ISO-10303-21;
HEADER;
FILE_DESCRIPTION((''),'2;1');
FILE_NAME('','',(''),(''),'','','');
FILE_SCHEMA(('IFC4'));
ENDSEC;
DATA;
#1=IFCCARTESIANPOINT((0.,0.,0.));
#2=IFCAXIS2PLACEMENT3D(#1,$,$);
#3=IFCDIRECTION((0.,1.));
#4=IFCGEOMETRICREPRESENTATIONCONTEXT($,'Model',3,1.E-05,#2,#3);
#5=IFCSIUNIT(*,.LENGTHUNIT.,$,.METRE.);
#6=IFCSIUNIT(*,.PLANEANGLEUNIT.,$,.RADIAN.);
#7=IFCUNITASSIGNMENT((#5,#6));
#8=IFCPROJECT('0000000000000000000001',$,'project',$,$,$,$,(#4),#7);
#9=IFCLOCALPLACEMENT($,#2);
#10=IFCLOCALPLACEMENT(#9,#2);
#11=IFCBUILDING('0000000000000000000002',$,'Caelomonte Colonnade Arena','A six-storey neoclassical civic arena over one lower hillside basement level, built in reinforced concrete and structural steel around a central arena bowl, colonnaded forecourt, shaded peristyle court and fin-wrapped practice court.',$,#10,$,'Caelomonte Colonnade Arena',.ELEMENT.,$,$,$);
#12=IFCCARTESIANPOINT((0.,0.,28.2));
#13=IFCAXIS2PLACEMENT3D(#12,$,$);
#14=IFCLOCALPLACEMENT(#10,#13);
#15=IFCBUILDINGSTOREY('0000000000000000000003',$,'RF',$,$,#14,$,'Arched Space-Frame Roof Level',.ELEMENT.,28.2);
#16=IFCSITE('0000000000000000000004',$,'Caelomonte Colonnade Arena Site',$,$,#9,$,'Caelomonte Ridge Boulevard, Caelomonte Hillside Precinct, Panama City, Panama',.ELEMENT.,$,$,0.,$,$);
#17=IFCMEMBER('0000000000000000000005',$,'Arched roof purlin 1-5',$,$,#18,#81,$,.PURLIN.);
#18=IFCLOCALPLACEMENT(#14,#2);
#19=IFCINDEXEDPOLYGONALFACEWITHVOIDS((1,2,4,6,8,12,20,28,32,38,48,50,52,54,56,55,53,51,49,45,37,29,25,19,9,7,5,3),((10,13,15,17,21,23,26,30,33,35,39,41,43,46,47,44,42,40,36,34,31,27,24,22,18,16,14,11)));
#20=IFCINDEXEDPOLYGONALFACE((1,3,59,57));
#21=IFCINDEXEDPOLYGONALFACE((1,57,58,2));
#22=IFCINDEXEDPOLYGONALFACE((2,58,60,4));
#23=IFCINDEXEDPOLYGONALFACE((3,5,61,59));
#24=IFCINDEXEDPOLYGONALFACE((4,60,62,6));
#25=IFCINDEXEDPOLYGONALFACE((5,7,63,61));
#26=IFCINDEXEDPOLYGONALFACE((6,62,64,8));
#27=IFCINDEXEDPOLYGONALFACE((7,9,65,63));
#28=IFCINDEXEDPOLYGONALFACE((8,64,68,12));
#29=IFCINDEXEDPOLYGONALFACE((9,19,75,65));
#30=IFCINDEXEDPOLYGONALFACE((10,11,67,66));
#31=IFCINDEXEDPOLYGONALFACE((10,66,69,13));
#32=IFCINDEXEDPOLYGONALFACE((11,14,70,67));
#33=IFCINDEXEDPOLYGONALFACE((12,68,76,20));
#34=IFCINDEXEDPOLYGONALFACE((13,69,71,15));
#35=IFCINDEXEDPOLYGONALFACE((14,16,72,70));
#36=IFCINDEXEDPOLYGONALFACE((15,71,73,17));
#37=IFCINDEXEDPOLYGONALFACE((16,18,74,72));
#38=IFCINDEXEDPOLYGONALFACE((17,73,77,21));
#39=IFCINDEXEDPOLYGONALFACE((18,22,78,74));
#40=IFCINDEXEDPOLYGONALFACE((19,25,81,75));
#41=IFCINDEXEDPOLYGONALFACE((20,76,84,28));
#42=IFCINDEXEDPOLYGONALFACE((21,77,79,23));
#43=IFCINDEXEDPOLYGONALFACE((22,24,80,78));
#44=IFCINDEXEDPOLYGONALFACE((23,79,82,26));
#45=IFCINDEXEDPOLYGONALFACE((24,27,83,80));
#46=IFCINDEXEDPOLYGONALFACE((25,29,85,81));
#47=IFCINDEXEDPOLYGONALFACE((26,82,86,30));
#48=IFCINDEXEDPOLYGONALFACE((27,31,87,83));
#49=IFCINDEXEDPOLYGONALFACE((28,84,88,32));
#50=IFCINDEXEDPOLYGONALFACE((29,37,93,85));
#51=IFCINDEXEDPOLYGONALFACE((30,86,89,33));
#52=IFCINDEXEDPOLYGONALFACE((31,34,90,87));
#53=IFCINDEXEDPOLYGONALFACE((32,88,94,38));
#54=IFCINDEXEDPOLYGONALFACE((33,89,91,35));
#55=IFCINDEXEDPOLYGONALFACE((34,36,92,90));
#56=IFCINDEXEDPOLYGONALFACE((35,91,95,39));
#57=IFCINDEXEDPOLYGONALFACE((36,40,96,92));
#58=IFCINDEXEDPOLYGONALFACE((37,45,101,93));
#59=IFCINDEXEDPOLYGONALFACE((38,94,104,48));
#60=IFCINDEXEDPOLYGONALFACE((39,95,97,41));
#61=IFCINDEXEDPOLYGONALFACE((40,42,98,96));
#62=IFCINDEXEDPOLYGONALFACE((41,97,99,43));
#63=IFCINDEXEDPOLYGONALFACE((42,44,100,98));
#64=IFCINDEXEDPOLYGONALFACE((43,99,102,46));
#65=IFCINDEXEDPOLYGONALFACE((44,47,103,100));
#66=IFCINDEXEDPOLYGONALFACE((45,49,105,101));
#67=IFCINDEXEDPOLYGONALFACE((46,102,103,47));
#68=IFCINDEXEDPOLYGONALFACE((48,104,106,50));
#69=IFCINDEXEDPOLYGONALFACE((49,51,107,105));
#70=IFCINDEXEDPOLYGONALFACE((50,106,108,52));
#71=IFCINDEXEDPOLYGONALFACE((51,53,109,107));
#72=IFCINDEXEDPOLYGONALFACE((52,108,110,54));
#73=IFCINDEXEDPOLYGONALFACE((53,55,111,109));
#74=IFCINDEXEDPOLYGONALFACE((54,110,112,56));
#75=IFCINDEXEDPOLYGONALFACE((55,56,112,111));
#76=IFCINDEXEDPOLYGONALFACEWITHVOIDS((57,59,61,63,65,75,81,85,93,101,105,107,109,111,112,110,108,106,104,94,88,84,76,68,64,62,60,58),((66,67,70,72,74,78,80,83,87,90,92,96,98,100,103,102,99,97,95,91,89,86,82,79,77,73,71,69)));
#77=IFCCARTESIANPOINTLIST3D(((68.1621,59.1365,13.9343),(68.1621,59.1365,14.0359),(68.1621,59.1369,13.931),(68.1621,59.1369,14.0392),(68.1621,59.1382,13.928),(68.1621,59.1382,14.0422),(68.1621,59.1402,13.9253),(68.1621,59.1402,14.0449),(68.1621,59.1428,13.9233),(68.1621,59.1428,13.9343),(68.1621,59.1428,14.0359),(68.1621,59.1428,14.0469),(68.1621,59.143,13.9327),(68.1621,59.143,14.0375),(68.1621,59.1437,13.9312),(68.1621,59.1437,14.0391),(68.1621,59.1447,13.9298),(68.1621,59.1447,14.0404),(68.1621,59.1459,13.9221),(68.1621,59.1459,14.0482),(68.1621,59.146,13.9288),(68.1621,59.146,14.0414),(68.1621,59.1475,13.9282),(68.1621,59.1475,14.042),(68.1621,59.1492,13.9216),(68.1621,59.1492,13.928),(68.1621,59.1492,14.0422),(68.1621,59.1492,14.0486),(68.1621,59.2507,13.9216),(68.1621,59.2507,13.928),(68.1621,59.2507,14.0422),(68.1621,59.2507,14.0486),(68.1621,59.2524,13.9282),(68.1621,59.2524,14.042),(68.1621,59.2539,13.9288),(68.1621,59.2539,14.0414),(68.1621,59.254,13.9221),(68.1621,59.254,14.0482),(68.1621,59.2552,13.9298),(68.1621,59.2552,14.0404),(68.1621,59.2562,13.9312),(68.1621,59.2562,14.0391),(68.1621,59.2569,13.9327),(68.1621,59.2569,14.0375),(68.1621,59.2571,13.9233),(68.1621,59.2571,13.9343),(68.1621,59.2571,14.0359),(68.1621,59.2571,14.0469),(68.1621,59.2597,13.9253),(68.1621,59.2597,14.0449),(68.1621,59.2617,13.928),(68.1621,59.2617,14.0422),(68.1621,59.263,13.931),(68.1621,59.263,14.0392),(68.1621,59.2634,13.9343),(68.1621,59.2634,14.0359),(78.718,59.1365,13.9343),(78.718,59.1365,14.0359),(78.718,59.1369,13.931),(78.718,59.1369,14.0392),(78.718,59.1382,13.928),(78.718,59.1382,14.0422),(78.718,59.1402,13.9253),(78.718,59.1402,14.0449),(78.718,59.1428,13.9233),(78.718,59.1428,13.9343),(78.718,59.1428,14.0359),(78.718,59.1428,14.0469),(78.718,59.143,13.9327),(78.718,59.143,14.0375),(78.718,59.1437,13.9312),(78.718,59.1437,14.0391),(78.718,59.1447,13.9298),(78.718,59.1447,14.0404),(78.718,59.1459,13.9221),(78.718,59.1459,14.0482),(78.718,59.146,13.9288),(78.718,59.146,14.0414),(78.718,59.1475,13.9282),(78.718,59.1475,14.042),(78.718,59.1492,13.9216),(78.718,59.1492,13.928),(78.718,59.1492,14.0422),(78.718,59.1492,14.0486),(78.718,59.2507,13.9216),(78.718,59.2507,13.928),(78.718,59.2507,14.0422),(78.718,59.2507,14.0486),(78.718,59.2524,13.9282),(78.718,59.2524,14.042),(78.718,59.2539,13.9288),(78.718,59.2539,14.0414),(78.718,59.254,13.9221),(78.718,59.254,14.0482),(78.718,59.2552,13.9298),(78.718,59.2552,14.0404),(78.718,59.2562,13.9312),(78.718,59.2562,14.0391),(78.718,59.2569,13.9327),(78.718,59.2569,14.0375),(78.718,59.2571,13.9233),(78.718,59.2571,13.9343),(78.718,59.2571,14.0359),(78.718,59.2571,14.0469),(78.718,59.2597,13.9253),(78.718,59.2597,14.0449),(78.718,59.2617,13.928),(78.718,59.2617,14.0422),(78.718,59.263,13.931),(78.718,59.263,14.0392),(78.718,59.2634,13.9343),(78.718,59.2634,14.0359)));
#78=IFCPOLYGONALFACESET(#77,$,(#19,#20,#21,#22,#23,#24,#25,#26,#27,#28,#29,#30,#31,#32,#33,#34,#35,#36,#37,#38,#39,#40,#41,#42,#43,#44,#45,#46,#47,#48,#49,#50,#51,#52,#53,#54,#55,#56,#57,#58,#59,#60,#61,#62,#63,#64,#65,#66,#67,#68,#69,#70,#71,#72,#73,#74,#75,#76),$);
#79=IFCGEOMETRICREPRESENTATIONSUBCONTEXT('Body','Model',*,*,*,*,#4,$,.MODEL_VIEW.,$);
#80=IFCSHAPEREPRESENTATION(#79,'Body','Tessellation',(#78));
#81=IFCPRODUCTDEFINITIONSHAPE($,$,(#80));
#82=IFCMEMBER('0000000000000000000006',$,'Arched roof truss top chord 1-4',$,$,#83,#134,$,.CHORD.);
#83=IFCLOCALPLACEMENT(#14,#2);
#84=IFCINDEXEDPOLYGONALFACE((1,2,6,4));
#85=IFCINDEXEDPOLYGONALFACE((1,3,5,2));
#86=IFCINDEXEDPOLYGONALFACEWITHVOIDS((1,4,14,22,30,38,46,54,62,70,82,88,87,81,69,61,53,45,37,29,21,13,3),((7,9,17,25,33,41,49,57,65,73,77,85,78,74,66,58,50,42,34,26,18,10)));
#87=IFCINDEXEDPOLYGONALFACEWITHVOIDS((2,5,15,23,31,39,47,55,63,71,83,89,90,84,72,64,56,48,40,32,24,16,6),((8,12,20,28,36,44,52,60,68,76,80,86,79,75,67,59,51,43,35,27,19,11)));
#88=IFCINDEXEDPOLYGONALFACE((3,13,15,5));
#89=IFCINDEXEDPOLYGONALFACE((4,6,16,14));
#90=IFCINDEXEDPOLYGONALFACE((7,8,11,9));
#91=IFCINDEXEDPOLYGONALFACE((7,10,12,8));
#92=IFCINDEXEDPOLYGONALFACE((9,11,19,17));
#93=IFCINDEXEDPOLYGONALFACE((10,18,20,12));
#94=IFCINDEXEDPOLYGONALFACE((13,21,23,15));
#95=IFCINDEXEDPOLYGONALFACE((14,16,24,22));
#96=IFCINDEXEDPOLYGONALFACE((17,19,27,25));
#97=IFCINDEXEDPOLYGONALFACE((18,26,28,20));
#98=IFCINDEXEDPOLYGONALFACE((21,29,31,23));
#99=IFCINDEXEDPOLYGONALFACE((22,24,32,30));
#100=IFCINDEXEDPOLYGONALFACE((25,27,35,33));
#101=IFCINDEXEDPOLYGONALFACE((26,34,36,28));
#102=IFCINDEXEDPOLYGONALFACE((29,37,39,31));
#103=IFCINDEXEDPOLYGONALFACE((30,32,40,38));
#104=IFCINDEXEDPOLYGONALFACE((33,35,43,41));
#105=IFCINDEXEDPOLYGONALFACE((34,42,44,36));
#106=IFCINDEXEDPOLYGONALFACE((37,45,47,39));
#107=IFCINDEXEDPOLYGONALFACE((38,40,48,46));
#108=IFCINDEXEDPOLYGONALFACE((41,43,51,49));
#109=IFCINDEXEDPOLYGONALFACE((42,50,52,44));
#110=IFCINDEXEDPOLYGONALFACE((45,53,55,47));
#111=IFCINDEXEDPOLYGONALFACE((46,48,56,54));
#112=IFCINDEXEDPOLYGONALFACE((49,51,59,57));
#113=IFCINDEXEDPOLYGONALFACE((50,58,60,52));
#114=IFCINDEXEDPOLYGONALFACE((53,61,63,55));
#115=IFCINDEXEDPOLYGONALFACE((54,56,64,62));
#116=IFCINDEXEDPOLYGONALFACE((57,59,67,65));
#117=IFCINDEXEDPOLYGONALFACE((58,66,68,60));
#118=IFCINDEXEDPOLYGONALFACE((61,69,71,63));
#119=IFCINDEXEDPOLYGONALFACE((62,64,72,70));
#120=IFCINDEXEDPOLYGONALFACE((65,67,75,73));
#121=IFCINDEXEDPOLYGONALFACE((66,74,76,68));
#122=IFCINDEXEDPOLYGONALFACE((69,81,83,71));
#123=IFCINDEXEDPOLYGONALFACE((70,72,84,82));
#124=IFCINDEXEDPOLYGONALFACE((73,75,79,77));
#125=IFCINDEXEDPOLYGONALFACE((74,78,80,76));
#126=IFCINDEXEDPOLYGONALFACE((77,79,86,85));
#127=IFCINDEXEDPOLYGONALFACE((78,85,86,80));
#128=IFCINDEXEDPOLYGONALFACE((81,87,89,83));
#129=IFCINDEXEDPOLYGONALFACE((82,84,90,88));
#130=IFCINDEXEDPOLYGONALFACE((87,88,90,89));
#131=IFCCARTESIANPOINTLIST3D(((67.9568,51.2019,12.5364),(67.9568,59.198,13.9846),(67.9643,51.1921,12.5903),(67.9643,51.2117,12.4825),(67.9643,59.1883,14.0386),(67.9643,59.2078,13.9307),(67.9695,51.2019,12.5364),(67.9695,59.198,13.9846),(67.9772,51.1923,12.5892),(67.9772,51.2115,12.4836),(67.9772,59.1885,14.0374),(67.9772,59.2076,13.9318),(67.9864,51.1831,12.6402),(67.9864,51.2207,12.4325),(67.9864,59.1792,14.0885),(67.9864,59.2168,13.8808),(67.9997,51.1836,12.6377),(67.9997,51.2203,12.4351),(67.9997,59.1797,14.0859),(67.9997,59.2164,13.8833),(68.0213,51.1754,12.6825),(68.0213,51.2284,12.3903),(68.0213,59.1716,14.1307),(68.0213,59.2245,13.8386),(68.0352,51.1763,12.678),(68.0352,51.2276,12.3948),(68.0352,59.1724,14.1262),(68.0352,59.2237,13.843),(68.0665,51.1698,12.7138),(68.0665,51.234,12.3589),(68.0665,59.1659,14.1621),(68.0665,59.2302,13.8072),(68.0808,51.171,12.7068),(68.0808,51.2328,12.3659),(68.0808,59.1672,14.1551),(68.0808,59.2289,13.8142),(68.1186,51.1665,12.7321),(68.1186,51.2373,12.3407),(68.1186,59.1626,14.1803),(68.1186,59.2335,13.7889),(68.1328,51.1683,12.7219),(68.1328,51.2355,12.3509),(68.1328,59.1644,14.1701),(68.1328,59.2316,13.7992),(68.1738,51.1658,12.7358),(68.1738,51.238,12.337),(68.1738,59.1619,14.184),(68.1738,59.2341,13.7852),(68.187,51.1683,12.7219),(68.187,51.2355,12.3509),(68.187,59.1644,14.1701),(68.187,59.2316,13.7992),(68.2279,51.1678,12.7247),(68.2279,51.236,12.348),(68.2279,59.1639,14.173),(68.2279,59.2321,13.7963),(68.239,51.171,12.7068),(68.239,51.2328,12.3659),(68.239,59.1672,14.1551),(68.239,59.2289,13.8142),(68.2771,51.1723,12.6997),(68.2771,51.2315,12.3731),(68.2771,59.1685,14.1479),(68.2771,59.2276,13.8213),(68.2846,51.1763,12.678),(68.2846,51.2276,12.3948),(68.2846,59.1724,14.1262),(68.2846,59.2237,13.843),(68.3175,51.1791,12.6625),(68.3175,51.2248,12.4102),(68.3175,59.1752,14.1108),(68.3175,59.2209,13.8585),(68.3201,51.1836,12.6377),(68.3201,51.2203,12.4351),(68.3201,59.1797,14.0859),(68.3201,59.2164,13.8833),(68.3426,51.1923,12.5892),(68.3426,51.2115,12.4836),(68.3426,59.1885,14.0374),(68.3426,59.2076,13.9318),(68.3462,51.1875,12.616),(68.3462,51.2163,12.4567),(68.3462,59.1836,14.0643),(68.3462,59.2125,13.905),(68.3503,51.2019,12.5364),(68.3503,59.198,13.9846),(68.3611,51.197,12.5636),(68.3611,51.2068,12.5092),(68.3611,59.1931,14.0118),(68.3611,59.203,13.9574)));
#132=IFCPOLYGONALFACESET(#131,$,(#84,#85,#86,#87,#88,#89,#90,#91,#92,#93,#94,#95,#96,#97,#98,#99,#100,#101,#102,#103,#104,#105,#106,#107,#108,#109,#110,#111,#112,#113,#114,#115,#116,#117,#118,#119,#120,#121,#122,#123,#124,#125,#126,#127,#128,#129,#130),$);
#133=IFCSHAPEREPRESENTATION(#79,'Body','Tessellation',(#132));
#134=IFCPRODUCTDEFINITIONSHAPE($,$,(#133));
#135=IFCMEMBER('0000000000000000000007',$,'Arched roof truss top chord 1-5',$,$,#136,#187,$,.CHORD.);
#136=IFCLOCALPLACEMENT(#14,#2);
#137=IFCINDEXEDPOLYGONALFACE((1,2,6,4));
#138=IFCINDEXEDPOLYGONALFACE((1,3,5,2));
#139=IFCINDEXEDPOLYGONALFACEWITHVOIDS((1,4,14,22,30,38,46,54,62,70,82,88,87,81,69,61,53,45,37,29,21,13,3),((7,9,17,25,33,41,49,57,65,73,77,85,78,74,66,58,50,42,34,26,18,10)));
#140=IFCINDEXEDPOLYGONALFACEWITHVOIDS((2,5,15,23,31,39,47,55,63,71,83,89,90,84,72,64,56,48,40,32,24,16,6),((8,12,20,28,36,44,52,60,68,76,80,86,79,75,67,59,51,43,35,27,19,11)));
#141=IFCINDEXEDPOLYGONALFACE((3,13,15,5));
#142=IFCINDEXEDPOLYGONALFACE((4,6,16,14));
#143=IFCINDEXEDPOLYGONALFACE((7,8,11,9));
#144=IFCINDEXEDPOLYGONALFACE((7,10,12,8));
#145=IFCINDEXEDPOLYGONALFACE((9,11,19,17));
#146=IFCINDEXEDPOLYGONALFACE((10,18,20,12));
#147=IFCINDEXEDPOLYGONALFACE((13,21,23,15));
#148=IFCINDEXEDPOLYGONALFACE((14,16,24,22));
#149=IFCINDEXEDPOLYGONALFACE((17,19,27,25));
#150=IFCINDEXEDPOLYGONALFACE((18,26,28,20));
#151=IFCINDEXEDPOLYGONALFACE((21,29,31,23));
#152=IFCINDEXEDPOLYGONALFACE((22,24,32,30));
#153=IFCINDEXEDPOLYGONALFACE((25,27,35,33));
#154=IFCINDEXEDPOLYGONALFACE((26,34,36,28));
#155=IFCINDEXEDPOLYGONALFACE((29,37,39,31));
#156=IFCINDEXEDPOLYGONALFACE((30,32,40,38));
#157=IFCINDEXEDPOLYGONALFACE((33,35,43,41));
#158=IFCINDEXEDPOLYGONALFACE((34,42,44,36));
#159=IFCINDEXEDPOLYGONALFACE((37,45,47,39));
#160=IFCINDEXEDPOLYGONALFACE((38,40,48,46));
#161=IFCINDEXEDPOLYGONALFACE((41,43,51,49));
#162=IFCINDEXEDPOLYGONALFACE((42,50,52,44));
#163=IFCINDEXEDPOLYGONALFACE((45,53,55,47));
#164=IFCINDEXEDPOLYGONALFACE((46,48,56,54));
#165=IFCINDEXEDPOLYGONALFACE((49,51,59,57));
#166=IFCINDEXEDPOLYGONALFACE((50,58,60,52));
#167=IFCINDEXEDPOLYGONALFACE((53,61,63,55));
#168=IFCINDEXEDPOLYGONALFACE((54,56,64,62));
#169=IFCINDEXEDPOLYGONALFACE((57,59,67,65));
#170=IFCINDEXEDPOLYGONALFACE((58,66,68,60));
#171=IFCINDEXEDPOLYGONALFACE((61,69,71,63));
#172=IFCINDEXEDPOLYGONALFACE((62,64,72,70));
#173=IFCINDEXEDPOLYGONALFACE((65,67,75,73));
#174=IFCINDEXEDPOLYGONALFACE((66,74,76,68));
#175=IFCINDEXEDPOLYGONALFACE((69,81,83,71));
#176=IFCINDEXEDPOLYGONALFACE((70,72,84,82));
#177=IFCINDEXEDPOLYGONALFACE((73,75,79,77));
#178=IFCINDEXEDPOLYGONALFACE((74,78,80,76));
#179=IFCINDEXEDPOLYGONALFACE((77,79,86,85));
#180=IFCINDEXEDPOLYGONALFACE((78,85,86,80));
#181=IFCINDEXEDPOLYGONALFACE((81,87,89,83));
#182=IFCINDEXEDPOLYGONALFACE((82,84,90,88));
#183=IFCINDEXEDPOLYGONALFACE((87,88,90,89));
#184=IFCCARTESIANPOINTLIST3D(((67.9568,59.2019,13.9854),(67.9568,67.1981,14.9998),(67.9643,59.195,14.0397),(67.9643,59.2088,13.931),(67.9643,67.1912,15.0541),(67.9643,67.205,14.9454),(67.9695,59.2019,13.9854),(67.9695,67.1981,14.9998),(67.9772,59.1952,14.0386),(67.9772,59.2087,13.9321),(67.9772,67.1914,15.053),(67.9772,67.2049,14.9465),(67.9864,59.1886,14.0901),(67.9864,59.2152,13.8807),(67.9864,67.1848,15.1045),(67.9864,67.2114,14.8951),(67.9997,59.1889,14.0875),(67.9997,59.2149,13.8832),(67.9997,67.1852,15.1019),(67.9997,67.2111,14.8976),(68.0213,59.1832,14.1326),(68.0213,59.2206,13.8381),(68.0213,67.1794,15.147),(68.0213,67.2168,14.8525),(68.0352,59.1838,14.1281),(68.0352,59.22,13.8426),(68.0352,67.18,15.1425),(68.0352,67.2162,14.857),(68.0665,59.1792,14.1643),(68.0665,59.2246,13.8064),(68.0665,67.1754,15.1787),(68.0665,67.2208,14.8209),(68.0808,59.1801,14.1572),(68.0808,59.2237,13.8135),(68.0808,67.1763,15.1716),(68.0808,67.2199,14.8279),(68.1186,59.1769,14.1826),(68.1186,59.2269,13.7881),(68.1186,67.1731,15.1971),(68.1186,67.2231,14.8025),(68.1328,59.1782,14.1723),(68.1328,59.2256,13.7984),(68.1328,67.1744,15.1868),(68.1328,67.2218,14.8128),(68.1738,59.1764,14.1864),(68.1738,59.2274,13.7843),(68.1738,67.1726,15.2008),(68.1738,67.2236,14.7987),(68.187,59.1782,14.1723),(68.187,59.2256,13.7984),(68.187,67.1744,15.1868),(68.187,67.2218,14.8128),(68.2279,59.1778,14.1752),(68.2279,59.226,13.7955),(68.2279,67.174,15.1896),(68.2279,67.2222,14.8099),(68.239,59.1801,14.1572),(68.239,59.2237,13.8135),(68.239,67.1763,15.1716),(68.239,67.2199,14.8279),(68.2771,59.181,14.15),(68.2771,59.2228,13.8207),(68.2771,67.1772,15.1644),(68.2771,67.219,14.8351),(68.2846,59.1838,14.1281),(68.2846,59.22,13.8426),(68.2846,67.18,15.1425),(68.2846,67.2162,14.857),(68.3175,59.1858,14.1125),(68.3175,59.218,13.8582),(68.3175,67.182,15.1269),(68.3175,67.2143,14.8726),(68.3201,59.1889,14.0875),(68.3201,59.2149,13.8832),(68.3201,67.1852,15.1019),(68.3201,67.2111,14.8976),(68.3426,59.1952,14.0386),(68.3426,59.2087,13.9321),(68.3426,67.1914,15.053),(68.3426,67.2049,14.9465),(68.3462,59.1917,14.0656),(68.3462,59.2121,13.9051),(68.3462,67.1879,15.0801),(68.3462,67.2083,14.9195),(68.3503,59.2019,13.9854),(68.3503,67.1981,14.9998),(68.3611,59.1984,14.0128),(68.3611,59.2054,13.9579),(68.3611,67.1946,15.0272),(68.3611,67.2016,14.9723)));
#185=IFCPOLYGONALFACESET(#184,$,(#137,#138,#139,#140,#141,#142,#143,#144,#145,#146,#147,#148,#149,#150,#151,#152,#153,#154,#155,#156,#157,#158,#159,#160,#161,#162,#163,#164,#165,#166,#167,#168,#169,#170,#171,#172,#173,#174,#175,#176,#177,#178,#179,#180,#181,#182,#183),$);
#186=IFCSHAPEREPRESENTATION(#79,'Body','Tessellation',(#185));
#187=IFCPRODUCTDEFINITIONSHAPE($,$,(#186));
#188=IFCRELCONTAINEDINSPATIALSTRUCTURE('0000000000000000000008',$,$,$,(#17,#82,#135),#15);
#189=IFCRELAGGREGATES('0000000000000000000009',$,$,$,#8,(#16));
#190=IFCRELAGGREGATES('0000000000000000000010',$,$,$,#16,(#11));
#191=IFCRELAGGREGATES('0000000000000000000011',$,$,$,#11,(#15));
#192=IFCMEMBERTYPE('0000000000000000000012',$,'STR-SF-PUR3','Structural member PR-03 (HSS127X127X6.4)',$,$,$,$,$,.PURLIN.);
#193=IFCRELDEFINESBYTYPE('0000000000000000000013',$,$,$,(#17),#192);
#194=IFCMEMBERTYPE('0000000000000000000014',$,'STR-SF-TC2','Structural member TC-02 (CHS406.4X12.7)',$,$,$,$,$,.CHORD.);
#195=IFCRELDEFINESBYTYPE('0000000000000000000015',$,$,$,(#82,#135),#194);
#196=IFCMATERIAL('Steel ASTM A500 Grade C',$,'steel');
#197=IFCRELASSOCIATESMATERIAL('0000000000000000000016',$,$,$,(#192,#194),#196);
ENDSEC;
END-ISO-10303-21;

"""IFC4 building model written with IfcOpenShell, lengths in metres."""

from ifc_helpers import new_model, si_unit, direction, frame, origin, origin_2d, place, context, subcontext, project, spatial, hollow_rectangle, hollow_circle, extrude, material, material_profile, profile_set, type_object, element, save


model = new_model("IFC4")

# Units and contexts
model_context = context("Model", 3, precision=1e-05, world=origin(), true_north=direction((0.0, 1.0)))
body_context = subcontext(model_context, "Body", "Model", "MODEL_VIEW")
ifc_project = project(units=[si_unit("LENGTHUNIT", "METRE"), si_unit("PLANEANGLEUNIT", "RADIAN")], contexts=[model_context])

# Site, building, storey
site_placement = place(None, origin())
site = spatial("IfcSite", under=ifc_project, at=site_placement, Name="Caelomonte Colonnade Arena Site", LongName="Caelomonte Ridge Boulevard, Caelomonte Hillside Precinct, Panama City, Panama", CompositionType="ELEMENT", RefElevation=0.0)
building_placement = place(site_placement, origin())
building = spatial("IfcBuilding", under=site, at=building_placement, Name="Caelomonte Colonnade Arena", Description="A six-storey neoclassical civic arena over one lower hillside basement level, built in reinforced concrete and structural steel around a central arena bowl, colonnaded forecourt, shaded peristyle court and fin-wrapped practice court.", LongName="Caelomonte Colonnade Arena", CompositionType="ELEMENT")
storey_placement = place(building_placement, frame((0.0, 0.0, 28.2)))
storey = spatial("IfcBuildingStorey", under=building, at=storey_placement, Name="RF", LongName="Arched Space-Frame Roof Level", CompositionType="ELEMENT", Elevation=28.2)

# Members
ifc_material_1 = material(Name="Steel ASTM A500 Grade C", Category="steel")
ifc_material_profile_1 = material_profile(ifc_material_1, hollow_rectangle(XDim=0.127, YDim=0.127, WallThickness=0.0063, InnerFilletRadius=0.0063, OuterFilletRadius=0.0127, at=origin_2d()), Name="HSS127X127X6.4")
ifc_profile_set_1 = profile_set([ifc_material_profile_1], Name="Steel ASTM A500 Grade C")
member_type_1 = type_object("IfcMemberType", Name="STR-SF-PUR3", Description="Structural member PR-03 (HSS127X127X6.4)", PredefinedType="PURLIN", material=ifc_profile_set_1)
member_1_placement = place(storey_placement, frame((68.1621, 59.2, 13.9851), z_axis=(1.0, 0.0, 0.0), x_axis=(0.0, 1.0, 0.0)))
element("IfcMember", 1, at=member_1_placement, inside=storey, type_object=member_type_1, Name="Arched roof purlin 1-5", PredefinedType="PURLIN", context=body_context, shape_type="SweptSolid", body=[
    extrude(hollow_rectangle(XDim=0.127, YDim=0.127, WallThickness=0.0063, InnerFilletRadius=0.0063, OuterFilletRadius=0.0127, at=origin_2d()), origin(), (0.0, 0.0, 1.0), 10.5559),
])
ifc_material_profile_2 = material_profile(ifc_material_1, hollow_circle(Radius=0.2031, WallThickness=0.0127, at=origin_2d()), Name="CHS406.4X12.7")
ifc_profile_set_2 = profile_set([ifc_material_profile_2], Name="Steel ASTM A500 Grade C")
member_type_2 = type_object("IfcMemberType", Name="STR-SF-TC2", Description="Structural member TC-02 (CHS406.4X12.7)", PredefinedType="CHORD", material=ifc_profile_set_2)
member_2_placement = place(storey_placement, frame((68.1599, 51.2019, 12.5364), z_axis=(0.0, 0.983991, 0.178219), x_axis=(-1.0, 0.0, 0.0)))
element("IfcMember", 2, at=member_2_placement, inside=storey, type_object=member_type_2, Name="Arched roof truss top chord 1-4", PredefinedType="CHORD", context=body_context, shape_type="SweptSolid", body=[
    extrude(hollow_circle(Radius=0.2031, WallThickness=0.0127, at=origin_2d()), origin(), (0.0, 0.0, 1.0), 8.1262),
])
member_3_placement = place(storey_placement, frame((68.1599, 59.2019, 13.9854), z_axis=(0.0, 0.992049, 0.125854), x_axis=(-1.0, 0.0, 0.0)))
element("IfcMember", 3, at=member_3_placement, inside=storey, type_object=member_type_2, Name="Arched roof truss top chord 1-5", PredefinedType="CHORD", context=body_context, shape_type="SweptSolid", body=[
    extrude(hollow_circle(Radius=0.2031, WallThickness=0.0127, at=origin_2d()), origin(), (0.0, 0.0, 1.0), 8.0603),
])

save(model, "model.ifc")
